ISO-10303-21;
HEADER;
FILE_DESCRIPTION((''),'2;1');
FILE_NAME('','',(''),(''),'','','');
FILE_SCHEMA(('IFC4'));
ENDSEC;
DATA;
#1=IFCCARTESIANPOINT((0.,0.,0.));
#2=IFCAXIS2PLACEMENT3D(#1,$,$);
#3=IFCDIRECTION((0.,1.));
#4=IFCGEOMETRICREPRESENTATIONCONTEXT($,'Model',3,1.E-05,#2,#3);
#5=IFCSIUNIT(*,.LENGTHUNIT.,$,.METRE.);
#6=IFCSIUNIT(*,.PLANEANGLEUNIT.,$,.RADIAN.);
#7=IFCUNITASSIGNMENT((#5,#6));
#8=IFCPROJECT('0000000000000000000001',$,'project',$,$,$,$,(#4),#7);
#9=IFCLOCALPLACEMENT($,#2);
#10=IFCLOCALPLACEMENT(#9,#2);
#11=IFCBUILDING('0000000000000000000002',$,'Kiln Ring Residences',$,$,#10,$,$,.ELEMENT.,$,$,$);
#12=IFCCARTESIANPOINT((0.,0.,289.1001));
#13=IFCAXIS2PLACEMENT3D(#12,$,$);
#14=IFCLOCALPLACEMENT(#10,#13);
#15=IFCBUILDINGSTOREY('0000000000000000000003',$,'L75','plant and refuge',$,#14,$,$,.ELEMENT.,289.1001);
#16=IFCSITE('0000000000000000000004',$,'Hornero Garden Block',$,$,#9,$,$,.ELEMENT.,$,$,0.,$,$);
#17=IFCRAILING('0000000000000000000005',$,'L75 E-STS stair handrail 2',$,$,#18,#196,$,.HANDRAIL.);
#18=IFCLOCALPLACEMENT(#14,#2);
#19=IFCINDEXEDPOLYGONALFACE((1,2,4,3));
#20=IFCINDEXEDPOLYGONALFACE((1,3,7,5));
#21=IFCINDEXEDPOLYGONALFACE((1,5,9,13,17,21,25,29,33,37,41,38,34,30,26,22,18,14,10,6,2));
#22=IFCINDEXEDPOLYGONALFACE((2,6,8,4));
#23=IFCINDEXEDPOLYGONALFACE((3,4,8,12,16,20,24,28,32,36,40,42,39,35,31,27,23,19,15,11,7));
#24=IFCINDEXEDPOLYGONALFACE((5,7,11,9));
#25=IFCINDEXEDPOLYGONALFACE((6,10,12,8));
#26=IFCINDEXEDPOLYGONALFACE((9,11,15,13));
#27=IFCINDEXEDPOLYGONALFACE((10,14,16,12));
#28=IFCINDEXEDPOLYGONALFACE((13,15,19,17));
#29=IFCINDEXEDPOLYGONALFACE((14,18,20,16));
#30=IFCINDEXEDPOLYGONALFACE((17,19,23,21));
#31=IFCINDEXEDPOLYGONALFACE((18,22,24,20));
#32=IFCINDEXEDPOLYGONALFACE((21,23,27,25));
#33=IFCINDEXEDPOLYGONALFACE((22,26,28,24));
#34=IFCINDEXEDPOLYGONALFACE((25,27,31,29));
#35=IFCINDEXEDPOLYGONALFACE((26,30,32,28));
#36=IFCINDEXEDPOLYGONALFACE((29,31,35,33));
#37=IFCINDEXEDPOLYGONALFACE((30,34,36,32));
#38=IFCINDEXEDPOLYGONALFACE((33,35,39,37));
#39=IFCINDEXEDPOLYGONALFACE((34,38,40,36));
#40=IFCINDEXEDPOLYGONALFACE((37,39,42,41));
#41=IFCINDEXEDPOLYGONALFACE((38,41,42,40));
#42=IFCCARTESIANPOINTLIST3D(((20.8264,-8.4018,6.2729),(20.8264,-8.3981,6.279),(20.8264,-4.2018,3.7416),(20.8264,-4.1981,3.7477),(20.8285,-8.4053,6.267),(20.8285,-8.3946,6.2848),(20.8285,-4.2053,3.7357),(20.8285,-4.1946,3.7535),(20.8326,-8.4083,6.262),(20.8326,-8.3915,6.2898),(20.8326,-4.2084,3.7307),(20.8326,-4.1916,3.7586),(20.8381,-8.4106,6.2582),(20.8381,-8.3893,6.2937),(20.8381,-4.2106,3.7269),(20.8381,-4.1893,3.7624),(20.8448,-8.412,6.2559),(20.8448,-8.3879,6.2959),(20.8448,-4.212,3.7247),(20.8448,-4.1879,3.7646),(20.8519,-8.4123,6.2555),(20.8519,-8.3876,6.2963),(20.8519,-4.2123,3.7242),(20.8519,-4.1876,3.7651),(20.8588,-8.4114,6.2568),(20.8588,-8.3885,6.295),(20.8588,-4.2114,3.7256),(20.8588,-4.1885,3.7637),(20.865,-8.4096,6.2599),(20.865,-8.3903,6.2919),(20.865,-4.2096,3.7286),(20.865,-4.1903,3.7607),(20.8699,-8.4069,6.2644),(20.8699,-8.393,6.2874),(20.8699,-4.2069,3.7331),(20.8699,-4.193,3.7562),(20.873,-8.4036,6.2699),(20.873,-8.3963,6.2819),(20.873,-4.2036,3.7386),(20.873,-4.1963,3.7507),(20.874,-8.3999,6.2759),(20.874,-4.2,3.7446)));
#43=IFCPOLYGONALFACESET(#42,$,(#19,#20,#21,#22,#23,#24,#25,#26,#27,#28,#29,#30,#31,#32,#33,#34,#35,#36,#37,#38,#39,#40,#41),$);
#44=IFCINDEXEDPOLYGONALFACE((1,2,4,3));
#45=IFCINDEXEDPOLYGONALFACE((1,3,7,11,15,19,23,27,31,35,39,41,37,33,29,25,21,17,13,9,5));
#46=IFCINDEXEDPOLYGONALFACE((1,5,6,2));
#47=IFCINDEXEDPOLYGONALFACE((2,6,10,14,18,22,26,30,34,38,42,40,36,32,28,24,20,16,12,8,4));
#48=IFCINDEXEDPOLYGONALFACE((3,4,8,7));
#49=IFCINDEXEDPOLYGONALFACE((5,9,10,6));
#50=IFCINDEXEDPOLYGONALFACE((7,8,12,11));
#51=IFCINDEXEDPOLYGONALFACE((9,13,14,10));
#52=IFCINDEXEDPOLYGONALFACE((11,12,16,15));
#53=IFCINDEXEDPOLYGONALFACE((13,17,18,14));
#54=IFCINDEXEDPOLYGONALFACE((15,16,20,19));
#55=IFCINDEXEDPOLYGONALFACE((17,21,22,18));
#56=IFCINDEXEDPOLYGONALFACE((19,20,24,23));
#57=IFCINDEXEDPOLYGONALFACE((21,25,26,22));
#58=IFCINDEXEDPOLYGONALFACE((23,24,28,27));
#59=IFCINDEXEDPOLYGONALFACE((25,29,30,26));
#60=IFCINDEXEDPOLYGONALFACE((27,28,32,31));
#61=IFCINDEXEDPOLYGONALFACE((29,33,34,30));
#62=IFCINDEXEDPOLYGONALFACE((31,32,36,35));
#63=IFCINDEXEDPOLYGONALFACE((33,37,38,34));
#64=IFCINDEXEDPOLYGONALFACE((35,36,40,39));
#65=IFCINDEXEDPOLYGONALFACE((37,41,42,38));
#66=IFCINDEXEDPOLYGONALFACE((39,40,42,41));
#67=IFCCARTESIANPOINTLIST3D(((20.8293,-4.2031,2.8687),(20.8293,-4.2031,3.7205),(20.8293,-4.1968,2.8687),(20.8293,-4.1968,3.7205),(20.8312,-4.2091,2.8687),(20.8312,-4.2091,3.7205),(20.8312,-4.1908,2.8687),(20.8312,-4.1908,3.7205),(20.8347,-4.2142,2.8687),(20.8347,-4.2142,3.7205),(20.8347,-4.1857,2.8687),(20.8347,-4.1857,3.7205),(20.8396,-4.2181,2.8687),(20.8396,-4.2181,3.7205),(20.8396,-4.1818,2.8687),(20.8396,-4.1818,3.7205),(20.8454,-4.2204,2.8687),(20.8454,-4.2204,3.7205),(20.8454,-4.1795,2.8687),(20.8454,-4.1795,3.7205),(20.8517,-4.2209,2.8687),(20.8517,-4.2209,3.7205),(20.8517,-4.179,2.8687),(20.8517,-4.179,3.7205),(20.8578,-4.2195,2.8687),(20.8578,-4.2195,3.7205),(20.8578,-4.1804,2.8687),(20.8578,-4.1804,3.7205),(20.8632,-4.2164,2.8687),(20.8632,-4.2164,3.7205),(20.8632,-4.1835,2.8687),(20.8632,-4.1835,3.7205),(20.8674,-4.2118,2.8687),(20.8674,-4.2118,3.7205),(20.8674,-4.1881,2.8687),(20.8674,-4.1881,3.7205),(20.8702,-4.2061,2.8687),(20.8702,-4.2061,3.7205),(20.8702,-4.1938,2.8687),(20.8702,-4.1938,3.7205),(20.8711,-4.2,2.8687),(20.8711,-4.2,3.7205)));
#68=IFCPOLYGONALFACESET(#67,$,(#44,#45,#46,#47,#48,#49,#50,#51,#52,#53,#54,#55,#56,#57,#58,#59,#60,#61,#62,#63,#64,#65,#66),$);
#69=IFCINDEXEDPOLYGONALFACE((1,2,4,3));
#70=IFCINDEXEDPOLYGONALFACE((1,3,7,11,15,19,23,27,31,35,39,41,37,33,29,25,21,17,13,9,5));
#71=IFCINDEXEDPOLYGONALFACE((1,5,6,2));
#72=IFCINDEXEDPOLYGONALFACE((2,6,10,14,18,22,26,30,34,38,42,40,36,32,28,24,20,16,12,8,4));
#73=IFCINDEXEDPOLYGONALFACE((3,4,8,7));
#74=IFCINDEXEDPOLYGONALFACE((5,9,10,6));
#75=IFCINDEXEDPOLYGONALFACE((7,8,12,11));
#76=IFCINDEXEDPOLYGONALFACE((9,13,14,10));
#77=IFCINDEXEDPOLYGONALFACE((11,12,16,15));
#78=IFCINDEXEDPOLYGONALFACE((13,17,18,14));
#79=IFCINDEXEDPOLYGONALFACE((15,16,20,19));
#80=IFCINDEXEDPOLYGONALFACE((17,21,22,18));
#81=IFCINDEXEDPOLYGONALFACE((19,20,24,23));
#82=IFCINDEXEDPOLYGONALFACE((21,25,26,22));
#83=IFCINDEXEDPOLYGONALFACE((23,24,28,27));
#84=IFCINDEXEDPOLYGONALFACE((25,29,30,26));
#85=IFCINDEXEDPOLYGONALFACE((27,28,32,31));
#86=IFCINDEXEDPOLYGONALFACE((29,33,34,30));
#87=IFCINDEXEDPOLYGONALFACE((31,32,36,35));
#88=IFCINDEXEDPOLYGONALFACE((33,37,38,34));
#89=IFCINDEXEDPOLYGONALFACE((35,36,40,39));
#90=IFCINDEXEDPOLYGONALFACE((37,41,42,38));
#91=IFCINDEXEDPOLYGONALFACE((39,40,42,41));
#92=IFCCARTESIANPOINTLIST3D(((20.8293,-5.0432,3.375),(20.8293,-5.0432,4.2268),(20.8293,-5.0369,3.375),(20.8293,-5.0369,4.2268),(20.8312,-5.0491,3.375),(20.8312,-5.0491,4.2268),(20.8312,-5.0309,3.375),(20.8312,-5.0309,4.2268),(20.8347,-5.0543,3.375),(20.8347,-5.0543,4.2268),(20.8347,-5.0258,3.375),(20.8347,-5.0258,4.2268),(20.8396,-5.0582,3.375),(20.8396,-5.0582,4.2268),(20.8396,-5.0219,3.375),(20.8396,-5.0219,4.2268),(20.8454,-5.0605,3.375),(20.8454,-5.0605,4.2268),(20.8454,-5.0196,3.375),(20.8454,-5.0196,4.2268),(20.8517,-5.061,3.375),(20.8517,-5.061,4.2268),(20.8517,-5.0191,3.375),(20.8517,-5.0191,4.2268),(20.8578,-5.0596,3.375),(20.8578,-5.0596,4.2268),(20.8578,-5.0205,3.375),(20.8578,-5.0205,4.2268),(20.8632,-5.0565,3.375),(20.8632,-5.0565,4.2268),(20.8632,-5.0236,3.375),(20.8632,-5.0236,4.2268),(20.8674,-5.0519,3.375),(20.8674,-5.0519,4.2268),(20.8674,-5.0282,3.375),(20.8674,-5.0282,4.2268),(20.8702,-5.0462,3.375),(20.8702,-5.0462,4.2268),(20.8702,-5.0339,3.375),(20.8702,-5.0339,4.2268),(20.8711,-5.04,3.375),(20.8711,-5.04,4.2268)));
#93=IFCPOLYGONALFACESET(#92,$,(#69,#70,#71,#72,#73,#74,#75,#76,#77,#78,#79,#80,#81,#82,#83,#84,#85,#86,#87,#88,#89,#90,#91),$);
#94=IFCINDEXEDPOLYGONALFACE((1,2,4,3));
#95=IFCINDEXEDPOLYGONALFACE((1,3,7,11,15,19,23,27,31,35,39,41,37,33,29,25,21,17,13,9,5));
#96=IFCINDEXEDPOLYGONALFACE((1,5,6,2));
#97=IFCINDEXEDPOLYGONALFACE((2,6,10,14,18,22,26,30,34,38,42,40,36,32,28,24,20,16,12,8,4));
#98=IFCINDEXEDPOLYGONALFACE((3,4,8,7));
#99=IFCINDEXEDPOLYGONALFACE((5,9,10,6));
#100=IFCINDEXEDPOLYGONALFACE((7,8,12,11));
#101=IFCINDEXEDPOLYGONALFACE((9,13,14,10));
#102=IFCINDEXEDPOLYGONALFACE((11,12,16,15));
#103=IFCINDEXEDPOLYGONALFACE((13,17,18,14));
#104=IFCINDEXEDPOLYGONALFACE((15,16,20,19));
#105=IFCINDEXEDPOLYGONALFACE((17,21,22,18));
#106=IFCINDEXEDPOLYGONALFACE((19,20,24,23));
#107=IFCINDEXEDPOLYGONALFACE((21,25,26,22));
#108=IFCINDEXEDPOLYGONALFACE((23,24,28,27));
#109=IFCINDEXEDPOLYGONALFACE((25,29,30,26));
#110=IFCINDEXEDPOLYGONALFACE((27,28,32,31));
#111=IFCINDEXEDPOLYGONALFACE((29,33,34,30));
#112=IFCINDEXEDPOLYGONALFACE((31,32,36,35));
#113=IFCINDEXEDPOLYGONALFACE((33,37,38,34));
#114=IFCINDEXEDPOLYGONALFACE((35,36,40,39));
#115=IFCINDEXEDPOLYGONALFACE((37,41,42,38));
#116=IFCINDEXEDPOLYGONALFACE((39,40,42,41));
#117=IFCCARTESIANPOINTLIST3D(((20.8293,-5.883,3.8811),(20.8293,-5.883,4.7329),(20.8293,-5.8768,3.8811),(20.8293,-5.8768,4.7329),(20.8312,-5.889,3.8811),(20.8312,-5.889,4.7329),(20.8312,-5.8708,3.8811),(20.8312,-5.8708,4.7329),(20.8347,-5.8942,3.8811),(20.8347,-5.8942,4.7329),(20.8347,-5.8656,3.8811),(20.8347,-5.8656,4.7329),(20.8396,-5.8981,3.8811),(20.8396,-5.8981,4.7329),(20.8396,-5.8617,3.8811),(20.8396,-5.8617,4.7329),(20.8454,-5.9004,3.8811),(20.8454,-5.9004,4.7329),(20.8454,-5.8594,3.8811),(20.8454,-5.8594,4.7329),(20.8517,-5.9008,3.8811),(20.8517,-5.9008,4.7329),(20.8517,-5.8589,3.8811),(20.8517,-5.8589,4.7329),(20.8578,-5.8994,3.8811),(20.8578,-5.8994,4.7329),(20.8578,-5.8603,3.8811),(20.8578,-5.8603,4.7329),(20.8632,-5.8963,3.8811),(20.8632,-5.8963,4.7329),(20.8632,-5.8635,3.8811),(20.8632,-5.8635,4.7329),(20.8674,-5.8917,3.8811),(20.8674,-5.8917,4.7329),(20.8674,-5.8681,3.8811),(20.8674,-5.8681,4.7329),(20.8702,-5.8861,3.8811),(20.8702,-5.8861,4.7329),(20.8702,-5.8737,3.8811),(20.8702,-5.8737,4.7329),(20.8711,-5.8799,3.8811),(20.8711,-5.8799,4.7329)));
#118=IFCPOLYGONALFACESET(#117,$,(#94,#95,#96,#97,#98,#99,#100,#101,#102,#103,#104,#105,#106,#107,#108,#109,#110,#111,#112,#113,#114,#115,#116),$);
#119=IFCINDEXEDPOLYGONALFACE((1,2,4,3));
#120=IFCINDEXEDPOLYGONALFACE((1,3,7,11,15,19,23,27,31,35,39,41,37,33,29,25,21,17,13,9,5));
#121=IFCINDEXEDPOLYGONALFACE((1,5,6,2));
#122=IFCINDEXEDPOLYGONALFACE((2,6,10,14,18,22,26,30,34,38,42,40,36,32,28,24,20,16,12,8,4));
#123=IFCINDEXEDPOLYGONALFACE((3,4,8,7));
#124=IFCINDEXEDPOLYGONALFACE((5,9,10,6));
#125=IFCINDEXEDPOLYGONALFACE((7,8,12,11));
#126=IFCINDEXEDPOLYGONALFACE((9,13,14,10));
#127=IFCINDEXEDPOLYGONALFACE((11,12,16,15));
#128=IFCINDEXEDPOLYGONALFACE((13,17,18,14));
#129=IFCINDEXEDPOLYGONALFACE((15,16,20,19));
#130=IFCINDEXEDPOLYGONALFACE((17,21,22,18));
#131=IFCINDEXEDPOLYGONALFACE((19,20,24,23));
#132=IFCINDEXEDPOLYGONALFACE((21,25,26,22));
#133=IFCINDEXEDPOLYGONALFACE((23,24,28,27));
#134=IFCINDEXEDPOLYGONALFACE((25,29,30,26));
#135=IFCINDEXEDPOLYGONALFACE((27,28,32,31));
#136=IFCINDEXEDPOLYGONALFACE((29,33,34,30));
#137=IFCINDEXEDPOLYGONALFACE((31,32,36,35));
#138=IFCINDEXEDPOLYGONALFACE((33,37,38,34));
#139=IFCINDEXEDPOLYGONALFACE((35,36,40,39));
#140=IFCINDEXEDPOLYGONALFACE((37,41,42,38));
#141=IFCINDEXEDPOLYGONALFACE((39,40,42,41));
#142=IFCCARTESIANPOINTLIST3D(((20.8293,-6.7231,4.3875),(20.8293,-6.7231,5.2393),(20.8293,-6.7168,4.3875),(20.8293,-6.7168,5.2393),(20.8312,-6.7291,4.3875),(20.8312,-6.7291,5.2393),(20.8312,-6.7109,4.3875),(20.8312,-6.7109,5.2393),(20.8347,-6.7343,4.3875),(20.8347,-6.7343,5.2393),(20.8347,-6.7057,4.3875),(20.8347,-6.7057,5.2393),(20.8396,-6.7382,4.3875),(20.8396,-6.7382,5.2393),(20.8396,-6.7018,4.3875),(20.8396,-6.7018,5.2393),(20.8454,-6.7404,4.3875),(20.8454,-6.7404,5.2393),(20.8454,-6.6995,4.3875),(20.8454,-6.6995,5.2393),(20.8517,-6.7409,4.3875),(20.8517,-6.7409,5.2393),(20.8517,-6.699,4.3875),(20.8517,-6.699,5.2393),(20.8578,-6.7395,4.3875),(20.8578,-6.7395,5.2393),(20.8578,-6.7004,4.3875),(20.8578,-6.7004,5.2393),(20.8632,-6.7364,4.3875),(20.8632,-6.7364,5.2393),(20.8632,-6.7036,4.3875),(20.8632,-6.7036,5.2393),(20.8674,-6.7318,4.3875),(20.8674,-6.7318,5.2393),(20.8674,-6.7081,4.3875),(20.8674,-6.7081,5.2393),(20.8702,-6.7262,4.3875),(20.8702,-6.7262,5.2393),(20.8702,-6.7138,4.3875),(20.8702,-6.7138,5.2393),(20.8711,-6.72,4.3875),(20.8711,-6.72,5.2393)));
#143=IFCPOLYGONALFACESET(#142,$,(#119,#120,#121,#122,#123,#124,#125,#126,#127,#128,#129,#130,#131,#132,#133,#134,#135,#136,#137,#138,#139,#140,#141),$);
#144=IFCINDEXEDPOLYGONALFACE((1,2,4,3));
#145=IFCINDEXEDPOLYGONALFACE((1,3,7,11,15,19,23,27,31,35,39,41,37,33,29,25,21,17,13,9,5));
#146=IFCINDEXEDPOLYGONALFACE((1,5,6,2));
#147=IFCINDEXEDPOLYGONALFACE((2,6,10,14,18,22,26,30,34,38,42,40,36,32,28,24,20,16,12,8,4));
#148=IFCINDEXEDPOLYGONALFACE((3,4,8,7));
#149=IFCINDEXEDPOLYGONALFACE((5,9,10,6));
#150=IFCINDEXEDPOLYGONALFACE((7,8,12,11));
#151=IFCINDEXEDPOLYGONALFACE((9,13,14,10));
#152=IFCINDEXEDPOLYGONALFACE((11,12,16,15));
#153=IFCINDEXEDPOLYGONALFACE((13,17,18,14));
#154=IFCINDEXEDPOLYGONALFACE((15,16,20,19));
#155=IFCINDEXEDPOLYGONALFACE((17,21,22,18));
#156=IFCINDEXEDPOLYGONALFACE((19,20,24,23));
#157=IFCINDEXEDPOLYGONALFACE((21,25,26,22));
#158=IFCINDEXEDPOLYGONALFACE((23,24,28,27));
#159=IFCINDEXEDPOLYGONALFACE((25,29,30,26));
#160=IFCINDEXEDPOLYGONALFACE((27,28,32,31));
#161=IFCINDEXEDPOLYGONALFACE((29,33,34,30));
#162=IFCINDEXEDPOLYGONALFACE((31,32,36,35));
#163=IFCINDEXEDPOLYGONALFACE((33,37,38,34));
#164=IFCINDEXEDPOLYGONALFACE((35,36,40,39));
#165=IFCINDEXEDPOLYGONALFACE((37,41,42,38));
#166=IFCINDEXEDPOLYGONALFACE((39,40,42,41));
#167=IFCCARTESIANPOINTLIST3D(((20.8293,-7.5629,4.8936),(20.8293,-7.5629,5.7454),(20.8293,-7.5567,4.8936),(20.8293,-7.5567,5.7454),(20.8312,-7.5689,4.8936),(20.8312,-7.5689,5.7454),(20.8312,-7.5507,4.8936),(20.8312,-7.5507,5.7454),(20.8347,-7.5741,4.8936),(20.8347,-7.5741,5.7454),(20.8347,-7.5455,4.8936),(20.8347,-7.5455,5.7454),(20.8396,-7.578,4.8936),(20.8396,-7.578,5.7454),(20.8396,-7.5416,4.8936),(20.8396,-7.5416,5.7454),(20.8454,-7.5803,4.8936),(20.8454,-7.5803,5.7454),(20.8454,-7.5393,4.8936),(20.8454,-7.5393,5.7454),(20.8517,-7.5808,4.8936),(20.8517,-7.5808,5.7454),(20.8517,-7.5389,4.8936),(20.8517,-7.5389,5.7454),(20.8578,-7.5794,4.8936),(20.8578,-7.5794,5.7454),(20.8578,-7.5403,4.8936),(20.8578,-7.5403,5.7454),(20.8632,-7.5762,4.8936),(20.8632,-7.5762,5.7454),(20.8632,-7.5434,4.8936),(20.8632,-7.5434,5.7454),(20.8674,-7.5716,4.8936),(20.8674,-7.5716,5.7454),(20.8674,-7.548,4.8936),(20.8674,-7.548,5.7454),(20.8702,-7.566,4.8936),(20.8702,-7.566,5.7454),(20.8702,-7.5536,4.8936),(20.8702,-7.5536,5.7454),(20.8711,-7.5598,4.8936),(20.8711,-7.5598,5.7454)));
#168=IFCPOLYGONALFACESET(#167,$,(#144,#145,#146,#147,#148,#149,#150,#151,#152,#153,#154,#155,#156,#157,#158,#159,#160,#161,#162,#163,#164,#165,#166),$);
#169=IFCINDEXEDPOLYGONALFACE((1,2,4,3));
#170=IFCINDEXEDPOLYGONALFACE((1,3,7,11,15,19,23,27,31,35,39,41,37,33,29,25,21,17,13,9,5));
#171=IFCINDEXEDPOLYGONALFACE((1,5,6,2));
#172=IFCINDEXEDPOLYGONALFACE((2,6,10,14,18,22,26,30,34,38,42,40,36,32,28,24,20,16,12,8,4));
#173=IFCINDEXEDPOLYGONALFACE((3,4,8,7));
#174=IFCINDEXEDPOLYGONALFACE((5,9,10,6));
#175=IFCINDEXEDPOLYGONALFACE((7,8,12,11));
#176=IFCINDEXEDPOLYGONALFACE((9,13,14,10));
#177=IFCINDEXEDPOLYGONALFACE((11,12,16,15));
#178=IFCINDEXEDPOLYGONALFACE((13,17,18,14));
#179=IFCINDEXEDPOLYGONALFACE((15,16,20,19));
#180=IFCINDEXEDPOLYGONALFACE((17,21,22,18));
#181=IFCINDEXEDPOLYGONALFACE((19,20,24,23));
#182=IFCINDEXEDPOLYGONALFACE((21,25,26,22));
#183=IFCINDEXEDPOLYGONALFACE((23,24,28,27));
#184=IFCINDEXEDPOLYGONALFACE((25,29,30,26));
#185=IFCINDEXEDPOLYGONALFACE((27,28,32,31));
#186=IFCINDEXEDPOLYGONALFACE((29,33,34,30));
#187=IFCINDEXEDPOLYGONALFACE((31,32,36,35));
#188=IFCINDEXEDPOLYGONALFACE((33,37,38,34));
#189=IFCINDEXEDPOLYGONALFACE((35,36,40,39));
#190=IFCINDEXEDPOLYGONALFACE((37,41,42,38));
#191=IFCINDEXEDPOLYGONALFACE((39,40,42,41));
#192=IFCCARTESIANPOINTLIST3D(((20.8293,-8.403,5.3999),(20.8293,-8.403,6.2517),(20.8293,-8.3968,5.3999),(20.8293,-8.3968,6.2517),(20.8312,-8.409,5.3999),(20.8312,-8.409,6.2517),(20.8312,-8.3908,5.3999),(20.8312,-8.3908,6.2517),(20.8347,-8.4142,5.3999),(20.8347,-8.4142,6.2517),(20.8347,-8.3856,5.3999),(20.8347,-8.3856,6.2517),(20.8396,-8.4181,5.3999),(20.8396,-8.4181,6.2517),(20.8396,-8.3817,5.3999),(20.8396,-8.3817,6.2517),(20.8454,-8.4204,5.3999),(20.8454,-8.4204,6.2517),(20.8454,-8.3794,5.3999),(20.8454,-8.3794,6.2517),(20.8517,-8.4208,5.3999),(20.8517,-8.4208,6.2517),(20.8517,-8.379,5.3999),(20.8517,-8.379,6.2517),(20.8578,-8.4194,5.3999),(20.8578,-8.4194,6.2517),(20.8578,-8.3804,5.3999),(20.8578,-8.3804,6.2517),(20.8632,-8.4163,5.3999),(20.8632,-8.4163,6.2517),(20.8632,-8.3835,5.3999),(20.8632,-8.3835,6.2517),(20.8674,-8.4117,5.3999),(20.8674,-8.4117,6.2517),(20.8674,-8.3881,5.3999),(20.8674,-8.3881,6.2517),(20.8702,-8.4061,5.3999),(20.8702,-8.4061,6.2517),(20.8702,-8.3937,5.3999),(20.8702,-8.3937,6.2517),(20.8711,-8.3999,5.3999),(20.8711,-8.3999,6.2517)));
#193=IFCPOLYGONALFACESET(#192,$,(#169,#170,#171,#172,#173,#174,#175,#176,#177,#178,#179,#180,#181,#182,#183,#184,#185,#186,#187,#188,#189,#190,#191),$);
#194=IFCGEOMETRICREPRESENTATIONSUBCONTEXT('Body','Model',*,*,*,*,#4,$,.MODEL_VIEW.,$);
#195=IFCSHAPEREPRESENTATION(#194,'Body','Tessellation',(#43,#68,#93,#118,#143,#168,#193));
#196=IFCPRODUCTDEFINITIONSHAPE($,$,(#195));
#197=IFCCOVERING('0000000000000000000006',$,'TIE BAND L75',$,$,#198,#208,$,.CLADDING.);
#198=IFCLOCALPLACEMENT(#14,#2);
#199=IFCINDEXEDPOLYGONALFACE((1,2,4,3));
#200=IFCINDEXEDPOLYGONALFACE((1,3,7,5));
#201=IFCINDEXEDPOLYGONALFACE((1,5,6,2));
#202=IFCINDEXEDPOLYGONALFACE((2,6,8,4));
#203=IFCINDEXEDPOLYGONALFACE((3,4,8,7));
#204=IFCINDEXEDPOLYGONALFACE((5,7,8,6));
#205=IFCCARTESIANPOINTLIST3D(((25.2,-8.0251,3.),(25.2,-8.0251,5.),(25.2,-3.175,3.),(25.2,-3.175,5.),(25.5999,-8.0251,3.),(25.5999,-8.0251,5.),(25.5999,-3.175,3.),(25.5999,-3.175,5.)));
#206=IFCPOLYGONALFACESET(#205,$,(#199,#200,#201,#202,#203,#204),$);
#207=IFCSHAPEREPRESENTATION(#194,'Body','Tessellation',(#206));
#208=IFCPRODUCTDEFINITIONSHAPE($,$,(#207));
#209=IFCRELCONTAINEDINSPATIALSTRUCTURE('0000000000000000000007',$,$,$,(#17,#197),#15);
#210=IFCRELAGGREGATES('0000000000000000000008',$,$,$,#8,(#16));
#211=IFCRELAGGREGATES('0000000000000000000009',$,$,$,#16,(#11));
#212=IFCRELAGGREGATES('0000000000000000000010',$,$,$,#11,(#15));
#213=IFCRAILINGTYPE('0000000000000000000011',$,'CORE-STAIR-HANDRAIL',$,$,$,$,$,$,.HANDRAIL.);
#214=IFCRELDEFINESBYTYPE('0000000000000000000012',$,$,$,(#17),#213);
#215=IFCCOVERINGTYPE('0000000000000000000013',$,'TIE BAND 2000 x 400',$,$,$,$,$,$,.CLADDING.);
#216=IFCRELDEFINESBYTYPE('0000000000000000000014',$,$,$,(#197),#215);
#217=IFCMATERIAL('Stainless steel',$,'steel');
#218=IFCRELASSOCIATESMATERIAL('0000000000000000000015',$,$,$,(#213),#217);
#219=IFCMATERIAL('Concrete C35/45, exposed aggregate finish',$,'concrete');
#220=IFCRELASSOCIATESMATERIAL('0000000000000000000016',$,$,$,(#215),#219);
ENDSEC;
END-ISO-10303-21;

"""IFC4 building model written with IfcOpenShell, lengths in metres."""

from ifc_helpers import new_model, si_unit, direction, frame, origin, origin_2d, place, context, subcontext, project, spatial, rectangle, circle, extrude, material, type_object, element, save


model = new_model("IFC4")

# Units and contexts
model_context = context("Model", 3, precision=1e-05, world=origin(), true_north=direction((0.0, 1.0)))
body_context = subcontext(model_context, "Body", "Model", "MODEL_VIEW")
ifc_project = project(units=[si_unit("LENGTHUNIT", "METRE"), si_unit("PLANEANGLEUNIT", "RADIAN")], contexts=[model_context])

# Site, building, storey
site_placement = place(None, origin())
site = spatial("IfcSite", under=ifc_project, at=site_placement, Name="Hornero Garden Block", CompositionType="ELEMENT", RefElevation=0.0)
building_placement = place(site_placement, origin())
building = spatial("IfcBuilding", under=site, at=building_placement, Name="Kiln Ring Residences", CompositionType="ELEMENT")
storey_placement = place(building_placement, frame((0.0, 0.0, 289.1001)))
storey = spatial("IfcBuildingStorey", under=building, at=storey_placement, Name="L75", Description="plant and refuge", CompositionType="ELEMENT", Elevation=289.1001)

# Railing
ifc_material_1 = material(Name="Stainless steel", Category="steel")
railing_type_1 = type_object("IfcRailingType", Name="CORE-STAIR-HANDRAIL", PredefinedType="HANDRAIL", material=ifc_material_1)
railing_1_placement = place(storey_placement, frame((20.8501, -4.2, 2.8687)))
element("IfcRailing", 1, at=railing_1_placement, inside=storey, type_object=railing_type_1, Name="L75 E-STS stair handrail 2", PredefinedType="HANDRAIL", context=body_context, shape_type="SweptSolid", body=[
    extrude(circle(Radius=0.0239, at=origin_2d()), frame((0.0, 0.0, 0.876), z_axis=(0.0, -0.856476, 0.516186), x_axis=(1.0, 0.0, 0.0)), (0.0, 0.0, 1.0), 4.9038),
    extrude(circle(Radius=0.021, at=origin_2d()), origin(), (0.0, 0.0, 1.0), 0.8518),
    extrude(circle(Radius=0.021, at=origin_2d()), frame((0.0, -0.8401, 0.5063)), (0.0, 0.0, 1.0), 0.8518),
    extrude(circle(Radius=0.021, at=origin_2d()), frame((0.0, -1.6799, 1.0125)), (0.0, 0.0, 1.0), 0.8518),
    extrude(circle(Radius=0.021, at=origin_2d()), frame((0.0, -2.52, 1.5188)), (0.0, 0.0, 1.0), 0.8518),
    extrude(circle(Radius=0.021, at=origin_2d()), frame((0.0, -3.3599, 2.0249)), (0.0, 0.0, 1.0), 0.8518),
    extrude(circle(Radius=0.021, at=origin_2d()), frame((0.0, -4.2, 2.5312)), (0.0, 0.0, 1.0), 0.8518),
])

# Covering
ifc_material_2 = material(Name="Concrete C35/45, exposed aggregate finish", Category="concrete")
covering_type = type_object("IfcCoveringType", Name="TIE BAND 2000 x 400", PredefinedType="CLADDING", material=ifc_material_2)
covering_placement = place(storey_placement, frame((25.3999, -5.6001, 3.0), z_axis=(0.0, 0.0, 1.0), x_axis=(0.0, 1.0, 0.0)))
element("IfcCovering", 2, at=covering_placement, inside=storey, type_object=covering_type, Name="TIE BAND L75", PredefinedType="CLADDING", context=body_context, shape_type="SweptSolid", body=[
    extrude(rectangle(XDim=4.8501, YDim=0.3999, at=origin_2d()), origin(), (0.0, 0.0, 1.0), 2.0),
])

save(model, "model.ifc")
